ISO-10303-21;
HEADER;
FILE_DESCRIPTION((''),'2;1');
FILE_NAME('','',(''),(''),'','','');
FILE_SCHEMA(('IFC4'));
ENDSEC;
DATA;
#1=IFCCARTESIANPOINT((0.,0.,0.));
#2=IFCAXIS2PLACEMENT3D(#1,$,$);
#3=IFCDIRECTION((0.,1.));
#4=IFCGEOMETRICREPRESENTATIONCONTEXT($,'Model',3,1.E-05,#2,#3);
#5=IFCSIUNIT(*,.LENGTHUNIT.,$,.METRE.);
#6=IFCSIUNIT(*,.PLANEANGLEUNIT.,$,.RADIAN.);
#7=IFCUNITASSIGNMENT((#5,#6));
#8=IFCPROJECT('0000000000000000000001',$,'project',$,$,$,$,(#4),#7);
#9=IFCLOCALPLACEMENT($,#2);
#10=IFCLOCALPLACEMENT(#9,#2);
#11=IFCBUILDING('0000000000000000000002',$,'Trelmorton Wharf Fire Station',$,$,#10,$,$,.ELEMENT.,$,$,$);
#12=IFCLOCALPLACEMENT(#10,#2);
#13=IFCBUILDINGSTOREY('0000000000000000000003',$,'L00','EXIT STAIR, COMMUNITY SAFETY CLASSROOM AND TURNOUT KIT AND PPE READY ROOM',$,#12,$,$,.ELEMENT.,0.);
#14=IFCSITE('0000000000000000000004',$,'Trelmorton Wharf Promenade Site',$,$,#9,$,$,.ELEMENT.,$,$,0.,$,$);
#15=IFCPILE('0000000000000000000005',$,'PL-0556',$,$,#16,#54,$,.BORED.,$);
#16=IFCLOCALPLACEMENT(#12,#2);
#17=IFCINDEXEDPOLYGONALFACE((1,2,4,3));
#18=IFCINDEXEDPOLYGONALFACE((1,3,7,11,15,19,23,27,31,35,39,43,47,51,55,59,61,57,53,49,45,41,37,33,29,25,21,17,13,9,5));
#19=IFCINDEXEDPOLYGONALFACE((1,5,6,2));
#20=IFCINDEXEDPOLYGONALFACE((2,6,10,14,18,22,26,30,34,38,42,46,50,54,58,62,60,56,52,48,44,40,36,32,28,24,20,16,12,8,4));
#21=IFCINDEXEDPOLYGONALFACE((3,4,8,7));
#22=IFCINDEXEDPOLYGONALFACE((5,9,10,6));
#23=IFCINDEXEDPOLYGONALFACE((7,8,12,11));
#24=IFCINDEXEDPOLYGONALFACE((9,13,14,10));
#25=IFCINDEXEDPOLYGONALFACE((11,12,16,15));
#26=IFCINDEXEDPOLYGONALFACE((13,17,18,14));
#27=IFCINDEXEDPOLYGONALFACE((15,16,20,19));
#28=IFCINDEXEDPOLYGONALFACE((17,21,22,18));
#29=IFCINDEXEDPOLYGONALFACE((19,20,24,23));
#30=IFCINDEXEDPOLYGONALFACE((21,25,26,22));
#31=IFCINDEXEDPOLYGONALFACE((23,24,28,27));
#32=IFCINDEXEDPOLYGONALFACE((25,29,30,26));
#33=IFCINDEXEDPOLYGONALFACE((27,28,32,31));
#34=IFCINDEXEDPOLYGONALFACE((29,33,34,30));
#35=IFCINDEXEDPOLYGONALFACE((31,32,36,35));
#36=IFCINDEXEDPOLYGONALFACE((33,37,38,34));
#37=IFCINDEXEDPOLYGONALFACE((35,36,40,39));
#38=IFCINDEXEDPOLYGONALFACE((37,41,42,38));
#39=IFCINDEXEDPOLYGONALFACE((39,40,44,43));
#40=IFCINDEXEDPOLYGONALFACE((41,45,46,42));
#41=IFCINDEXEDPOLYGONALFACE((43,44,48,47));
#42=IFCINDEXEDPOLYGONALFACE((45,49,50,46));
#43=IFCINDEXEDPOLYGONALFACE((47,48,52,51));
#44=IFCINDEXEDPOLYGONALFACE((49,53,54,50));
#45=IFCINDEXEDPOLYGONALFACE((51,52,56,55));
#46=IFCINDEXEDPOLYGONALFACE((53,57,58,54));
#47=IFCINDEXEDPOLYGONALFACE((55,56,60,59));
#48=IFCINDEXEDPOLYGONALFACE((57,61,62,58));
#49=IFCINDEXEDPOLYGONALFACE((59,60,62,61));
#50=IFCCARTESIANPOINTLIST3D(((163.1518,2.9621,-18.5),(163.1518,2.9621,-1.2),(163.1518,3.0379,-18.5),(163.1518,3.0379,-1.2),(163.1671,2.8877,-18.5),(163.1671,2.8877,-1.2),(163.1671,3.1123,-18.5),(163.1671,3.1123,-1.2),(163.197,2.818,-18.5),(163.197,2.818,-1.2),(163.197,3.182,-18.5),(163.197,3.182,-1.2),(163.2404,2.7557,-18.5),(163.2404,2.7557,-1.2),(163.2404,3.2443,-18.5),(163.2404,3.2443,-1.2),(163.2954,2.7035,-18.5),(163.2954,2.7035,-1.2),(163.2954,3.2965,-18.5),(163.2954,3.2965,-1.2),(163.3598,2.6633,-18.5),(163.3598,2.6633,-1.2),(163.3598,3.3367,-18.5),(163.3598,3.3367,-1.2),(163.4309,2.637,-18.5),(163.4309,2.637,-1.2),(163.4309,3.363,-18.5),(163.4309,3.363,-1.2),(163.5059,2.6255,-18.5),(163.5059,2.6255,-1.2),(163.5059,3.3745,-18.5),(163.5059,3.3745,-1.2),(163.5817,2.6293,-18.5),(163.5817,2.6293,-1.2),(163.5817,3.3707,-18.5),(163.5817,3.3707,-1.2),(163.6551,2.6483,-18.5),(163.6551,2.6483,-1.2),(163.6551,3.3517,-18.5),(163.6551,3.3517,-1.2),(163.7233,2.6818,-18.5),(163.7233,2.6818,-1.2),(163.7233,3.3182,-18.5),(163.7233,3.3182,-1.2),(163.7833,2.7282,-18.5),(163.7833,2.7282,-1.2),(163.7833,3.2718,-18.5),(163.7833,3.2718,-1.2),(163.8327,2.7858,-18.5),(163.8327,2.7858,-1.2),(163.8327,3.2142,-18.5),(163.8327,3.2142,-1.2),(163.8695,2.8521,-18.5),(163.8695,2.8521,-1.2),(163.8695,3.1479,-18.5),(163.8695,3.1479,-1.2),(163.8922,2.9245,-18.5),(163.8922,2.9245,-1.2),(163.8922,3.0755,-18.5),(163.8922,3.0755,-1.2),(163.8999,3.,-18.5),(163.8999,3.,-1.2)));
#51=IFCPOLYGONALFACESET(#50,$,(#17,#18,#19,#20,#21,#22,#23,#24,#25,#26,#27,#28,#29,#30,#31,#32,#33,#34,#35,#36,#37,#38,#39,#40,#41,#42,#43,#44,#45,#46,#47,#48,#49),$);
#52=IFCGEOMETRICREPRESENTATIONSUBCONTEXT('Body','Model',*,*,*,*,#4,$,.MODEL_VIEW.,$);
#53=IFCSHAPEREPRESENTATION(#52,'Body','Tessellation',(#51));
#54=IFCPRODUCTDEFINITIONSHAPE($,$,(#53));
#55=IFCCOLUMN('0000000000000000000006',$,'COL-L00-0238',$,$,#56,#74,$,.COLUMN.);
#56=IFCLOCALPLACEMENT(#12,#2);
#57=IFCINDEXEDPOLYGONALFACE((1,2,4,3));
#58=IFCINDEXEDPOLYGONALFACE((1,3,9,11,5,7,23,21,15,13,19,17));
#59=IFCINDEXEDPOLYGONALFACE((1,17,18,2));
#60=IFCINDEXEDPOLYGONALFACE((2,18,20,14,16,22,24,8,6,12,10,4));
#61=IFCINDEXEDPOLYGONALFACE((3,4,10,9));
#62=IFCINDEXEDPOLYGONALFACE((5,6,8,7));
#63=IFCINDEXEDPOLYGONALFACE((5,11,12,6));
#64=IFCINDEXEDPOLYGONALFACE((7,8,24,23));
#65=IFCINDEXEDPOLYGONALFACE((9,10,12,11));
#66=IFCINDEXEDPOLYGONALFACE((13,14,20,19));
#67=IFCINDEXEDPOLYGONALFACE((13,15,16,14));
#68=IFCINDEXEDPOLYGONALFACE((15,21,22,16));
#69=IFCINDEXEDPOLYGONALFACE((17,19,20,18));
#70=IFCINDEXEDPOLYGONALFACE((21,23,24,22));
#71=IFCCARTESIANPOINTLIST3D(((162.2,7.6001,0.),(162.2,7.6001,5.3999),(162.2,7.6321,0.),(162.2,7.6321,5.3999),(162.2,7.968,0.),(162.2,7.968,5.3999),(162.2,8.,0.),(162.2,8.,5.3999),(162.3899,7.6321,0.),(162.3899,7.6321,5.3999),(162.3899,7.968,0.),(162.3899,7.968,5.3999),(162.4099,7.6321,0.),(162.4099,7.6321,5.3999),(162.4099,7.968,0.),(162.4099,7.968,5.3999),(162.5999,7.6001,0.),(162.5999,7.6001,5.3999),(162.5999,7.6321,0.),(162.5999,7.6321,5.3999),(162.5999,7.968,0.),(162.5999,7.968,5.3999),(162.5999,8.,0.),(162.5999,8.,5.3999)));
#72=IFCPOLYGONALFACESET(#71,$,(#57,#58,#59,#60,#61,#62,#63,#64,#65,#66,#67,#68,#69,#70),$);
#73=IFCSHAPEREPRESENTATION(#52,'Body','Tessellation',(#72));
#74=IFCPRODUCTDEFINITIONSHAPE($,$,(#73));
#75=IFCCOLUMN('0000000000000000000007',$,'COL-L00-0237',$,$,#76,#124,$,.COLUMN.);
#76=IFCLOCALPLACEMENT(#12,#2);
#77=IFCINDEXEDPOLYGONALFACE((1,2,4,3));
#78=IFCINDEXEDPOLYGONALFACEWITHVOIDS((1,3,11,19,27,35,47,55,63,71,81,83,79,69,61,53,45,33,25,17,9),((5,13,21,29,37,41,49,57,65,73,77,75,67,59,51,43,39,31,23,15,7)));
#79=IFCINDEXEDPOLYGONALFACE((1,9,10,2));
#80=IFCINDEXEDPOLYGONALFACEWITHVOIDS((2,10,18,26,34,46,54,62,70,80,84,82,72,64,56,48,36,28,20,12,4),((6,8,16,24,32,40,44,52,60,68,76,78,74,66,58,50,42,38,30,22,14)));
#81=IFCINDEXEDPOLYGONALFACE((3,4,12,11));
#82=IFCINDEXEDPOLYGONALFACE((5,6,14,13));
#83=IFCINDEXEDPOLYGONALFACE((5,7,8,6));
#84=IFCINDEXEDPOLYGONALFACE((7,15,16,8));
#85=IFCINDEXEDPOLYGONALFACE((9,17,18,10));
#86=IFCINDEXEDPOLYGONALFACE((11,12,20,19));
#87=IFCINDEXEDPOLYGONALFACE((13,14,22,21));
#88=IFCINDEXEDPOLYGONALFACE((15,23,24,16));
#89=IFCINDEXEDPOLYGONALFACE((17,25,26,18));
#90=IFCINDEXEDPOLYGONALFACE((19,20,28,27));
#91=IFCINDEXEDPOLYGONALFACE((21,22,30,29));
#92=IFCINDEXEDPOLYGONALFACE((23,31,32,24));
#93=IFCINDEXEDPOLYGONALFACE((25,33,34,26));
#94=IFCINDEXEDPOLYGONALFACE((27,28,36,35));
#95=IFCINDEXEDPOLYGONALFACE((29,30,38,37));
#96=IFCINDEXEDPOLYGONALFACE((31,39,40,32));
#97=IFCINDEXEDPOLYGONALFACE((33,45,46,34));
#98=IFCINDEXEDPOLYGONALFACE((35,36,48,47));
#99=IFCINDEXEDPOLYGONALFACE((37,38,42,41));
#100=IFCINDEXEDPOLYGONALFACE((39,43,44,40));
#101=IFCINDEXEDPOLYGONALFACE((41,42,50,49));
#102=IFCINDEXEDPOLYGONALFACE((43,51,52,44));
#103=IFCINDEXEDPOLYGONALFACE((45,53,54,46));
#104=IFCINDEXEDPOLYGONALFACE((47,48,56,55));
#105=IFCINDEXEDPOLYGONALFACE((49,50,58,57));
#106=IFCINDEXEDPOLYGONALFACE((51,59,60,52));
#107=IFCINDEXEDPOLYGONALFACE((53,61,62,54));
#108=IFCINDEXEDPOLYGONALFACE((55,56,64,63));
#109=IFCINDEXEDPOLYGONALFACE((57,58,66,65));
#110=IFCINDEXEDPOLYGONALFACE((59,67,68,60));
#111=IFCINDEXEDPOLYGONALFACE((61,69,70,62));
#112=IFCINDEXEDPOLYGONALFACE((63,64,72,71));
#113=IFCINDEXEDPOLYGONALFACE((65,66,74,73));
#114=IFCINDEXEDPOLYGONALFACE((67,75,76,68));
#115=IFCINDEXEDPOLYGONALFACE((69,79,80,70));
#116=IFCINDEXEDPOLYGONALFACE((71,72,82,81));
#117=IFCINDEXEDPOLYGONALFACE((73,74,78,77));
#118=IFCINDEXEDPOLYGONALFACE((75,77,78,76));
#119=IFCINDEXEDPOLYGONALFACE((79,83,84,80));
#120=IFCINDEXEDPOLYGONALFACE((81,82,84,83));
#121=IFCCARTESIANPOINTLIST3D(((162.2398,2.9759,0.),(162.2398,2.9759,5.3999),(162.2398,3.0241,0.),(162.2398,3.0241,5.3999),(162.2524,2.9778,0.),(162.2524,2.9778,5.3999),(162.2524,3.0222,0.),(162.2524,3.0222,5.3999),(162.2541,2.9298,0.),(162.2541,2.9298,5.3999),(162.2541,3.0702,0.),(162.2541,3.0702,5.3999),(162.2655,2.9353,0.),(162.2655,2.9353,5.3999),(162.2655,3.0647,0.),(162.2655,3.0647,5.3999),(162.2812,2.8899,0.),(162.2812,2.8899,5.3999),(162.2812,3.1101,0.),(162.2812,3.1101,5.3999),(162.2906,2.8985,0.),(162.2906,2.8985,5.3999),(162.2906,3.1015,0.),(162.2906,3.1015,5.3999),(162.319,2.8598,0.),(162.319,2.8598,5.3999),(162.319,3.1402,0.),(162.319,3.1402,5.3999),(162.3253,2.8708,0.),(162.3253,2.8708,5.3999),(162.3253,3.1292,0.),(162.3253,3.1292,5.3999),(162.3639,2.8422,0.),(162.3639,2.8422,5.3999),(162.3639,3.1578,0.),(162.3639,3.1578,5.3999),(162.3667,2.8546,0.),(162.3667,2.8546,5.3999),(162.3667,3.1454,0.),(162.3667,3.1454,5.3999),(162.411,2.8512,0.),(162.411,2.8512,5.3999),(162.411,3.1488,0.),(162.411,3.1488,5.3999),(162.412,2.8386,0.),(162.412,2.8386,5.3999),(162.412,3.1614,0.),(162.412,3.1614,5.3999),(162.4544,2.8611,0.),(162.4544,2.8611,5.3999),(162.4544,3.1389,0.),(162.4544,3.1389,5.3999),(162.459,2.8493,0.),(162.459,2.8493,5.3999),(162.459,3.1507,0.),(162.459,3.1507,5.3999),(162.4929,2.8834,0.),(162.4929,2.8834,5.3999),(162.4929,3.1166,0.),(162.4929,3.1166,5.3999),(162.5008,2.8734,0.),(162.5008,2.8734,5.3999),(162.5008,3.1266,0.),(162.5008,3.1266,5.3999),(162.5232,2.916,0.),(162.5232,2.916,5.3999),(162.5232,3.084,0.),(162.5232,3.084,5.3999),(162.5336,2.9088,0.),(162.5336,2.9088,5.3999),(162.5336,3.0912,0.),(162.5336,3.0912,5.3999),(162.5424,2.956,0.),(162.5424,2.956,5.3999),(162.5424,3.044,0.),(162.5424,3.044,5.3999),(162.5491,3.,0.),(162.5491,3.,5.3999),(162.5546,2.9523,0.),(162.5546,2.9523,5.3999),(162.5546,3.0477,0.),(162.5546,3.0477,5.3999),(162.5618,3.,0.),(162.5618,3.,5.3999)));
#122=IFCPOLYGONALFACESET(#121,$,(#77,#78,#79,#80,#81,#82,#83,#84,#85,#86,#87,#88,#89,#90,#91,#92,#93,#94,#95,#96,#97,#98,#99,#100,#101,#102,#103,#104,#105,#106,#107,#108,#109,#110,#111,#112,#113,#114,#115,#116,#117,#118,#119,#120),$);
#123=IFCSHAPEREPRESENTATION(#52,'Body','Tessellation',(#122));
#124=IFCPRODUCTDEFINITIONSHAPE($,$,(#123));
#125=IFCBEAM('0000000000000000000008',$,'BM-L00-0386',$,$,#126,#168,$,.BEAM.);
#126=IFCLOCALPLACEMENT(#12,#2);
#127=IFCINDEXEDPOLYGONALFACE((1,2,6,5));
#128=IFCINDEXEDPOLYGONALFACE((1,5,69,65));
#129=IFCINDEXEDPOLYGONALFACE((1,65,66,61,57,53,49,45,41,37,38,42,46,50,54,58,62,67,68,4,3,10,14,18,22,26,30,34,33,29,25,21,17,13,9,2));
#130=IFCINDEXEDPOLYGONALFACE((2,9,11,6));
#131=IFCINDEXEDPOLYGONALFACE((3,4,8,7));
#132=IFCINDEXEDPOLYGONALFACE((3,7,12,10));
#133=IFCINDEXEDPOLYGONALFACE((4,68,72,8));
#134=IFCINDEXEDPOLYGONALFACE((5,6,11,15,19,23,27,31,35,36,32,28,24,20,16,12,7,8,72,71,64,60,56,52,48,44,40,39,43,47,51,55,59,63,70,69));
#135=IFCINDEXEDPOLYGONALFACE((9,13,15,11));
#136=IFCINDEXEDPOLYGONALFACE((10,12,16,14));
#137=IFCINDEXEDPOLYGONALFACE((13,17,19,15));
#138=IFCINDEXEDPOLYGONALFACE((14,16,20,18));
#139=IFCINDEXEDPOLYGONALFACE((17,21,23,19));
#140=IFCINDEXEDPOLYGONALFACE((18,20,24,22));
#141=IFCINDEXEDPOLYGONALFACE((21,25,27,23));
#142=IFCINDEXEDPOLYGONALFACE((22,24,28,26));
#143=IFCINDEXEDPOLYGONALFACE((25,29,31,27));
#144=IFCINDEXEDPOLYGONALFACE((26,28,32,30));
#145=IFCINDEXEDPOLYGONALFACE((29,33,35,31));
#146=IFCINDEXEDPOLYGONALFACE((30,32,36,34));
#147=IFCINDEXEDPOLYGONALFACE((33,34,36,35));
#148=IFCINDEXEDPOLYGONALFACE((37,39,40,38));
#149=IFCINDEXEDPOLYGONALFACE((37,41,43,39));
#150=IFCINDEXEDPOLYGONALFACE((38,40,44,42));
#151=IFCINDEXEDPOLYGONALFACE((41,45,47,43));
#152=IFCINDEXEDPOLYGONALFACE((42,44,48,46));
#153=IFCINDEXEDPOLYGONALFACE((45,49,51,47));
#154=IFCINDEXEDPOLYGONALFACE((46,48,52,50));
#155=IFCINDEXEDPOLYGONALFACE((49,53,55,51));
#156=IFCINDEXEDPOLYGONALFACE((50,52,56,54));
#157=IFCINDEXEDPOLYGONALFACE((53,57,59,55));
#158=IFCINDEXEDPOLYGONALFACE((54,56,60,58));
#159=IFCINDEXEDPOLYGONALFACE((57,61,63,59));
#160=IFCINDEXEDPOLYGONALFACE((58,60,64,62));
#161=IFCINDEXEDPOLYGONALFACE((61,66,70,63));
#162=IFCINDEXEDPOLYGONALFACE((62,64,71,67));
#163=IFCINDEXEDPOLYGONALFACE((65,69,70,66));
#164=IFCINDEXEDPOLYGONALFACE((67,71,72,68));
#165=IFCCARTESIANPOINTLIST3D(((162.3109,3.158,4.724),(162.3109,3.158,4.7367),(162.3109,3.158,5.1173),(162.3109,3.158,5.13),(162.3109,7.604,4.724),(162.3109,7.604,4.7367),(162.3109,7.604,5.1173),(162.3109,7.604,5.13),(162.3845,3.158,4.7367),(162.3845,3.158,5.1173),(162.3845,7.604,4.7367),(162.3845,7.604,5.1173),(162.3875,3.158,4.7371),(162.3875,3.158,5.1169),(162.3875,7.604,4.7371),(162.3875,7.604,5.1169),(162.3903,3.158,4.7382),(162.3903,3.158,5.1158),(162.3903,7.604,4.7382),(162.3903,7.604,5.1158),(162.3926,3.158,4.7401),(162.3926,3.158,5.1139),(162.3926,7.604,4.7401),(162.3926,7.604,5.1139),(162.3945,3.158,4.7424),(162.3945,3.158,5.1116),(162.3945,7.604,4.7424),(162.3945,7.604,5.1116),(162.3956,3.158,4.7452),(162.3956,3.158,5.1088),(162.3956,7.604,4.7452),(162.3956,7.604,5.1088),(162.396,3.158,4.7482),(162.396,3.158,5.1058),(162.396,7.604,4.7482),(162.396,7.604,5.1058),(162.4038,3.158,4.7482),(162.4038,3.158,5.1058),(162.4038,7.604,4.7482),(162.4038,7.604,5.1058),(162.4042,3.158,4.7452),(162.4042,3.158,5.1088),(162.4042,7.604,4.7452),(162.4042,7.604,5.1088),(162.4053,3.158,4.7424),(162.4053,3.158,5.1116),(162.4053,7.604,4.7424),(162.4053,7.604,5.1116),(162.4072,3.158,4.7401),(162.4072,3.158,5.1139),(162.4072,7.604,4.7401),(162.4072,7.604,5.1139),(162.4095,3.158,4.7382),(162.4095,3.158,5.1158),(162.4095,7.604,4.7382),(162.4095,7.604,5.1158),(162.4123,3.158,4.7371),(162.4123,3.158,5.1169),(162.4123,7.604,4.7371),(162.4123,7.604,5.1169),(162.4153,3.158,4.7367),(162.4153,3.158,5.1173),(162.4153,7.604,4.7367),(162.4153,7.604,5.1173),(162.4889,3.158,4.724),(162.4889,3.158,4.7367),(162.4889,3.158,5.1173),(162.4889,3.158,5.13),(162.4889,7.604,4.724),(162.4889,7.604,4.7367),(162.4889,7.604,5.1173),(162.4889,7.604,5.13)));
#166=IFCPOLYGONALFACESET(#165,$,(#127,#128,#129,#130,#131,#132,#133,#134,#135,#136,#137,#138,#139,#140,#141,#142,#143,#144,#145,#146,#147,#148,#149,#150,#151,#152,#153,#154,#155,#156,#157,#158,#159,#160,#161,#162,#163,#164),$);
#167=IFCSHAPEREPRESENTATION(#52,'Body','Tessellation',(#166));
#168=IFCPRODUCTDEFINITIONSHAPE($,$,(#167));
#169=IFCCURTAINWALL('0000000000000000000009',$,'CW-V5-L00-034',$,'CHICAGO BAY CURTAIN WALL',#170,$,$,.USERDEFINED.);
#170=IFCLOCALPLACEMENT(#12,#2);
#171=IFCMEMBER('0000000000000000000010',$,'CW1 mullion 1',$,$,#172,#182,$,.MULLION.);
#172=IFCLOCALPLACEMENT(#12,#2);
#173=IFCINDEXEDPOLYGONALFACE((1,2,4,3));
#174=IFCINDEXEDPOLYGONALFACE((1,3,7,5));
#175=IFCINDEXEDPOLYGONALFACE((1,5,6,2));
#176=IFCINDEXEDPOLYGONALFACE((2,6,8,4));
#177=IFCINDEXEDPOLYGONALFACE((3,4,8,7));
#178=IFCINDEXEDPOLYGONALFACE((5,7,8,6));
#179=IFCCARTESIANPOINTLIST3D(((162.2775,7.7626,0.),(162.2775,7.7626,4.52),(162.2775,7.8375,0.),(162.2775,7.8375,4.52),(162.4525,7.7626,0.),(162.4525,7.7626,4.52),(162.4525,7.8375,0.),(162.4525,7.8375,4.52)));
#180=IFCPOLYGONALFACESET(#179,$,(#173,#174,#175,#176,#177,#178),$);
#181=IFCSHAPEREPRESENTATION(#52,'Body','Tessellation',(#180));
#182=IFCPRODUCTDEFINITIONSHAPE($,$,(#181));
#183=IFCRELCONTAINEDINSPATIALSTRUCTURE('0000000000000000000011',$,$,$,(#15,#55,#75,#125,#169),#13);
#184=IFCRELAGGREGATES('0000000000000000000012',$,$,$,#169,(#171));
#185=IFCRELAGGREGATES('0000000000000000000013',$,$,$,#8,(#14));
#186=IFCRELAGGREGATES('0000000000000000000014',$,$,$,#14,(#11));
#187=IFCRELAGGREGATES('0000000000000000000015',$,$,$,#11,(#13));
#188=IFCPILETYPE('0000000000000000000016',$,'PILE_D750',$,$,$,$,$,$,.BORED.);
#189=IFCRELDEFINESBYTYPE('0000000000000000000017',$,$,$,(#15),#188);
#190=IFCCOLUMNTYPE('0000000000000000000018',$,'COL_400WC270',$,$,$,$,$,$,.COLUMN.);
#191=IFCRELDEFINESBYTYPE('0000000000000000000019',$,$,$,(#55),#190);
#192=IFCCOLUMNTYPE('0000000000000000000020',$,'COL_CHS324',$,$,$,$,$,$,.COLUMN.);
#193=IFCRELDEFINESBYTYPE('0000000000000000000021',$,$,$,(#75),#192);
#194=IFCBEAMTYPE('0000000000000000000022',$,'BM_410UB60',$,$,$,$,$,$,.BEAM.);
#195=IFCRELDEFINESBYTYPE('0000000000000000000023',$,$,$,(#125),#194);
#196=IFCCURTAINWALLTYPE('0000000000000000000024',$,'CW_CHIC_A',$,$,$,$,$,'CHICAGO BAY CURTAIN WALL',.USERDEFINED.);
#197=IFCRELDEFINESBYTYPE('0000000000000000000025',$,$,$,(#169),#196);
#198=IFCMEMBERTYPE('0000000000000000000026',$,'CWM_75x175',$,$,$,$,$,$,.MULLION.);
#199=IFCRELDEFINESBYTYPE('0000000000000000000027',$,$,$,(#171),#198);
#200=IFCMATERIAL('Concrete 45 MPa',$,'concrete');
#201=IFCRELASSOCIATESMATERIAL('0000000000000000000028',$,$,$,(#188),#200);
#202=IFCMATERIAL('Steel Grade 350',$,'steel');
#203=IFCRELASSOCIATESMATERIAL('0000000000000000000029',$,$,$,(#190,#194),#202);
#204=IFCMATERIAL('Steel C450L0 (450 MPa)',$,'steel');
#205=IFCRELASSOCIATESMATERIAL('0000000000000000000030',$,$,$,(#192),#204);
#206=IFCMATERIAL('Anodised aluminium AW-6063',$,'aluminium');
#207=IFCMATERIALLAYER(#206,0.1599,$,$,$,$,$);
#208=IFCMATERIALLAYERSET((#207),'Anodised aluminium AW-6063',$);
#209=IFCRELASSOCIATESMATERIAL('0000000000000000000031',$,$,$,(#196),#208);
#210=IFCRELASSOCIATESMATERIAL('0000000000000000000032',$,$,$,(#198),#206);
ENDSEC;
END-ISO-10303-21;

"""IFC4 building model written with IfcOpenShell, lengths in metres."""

from ifc_helpers import new_model, si_unit, direction, frame, origin, origin_2d, place, context, subcontext, project, spatial, rectangle, circle, hollow_circle, i_section, extrude, material, layer, layer_set, material_profile, profile_set, type_object, element, aggregate, save


model = new_model("IFC4")

# Units and contexts
model_context = context("Model", 3, precision=1e-05, world=origin(), true_north=direction((0.0, 1.0)))
body_context = subcontext(model_context, "Body", "Model", "MODEL_VIEW")
ifc_project = project(units=[si_unit("LENGTHUNIT", "METRE"), si_unit("PLANEANGLEUNIT", "RADIAN")], contexts=[model_context])

# Site, building, storey
site_placement = place(None, origin())
site = spatial("IfcSite", under=ifc_project, at=site_placement, Name="Trelmorton Wharf Promenade Site", CompositionType="ELEMENT", RefElevation=0.0)
building_placement = place(site_placement, origin())
building = spatial("IfcBuilding", under=site, at=building_placement, Name="Trelmorton Wharf Fire Station", CompositionType="ELEMENT")
storey_placement = place(building_placement, origin())
storey = spatial("IfcBuildingStorey", under=building, at=storey_placement, Name="L00", Description="EXIT STAIR, COMMUNITY SAFETY CLASSROOM AND TURNOUT KIT AND PPE READY ROOM", CompositionType="ELEMENT", Elevation=0.0)

# Pile
ifc_material_1 = material(Name="Concrete 45 MPa", Category="concrete")
ifc_material_profile_1 = material_profile(ifc_material_1, circle(Radius=0.375, at=origin_2d()), Name="PILE-D750")
ifc_profile_set_1 = profile_set([ifc_material_profile_1], Name="Concrete 45 MPa")
pile_type_1 = type_object("IfcPileType", Name="PILE_D750", PredefinedType="BORED", material=ifc_profile_set_1)
for number, where, z_axis, x_axis, name in (
    (1, (163.5249, 3.0, -1.2), (0.0, 0.0, -1.0), (1.0, 0.0, 0.0), "PL-0556"),
):
    element("IfcPile", number, at=place(storey_placement, frame(where, z_axis=z_axis, x_axis=x_axis)), inside=storey, type_object=pile_type_1, Name=name, PredefinedType="BORED", context=body_context, shape_type="SweptSolid", body=[
        extrude(circle(Radius=0.375, at=origin_2d()), origin(), (0.0, 0.0, 1.0), 17.3),
    ])

# Columns
ifc_material_2 = material(Name="Steel Grade 350", Category="steel")
ifc_material_profile_2 = material_profile(ifc_material_2, i_section(OverallWidth=0.3999, OverallDepth=0.3999, WebThickness=0.02, FlangeThickness=0.032, at=origin_2d()), Name="400WC270")
ifc_profile_set_2 = profile_set([ifc_material_profile_2], Name="Steel Grade 350")
column_type_1 = type_object("IfcColumnType", Name="COL_400WC270", PredefinedType="COLUMN", material=ifc_profile_set_2)
column_1_placement = place(storey_placement, frame((162.3999, 7.8, 0.0), z_axis=(0.0, 0.0, 1.0), x_axis=(1.0, 0.0, 0.0)))
element("IfcColumn", 2, at=column_1_placement, inside=storey, type_object=column_type_1, Name="COL-L00-0238", PredefinedType="COLUMN", context=body_context, shape_type="SweptSolid", body=[
    extrude(i_section(OverallWidth=0.3999, OverallDepth=0.3999, WebThickness=0.02, FlangeThickness=0.032, at=origin_2d()), origin(), (0.0, 0.0, 1.0), 5.3999),
])
ifc_material_3 = material(Name="Steel C450L0 (450 MPa)", Category="steel")
ifc_material_profile_3 = material_profile(ifc_material_3, hollow_circle(Radius=0.1619, WallThickness=0.0127, at=origin_2d()), Name="323.9x12.7CHS")
ifc_profile_set_3 = profile_set([ifc_material_profile_3], Name="Steel C450L0 (450 MPa)")
column_type_2 = type_object("IfcColumnType", Name="COL_CHS324", PredefinedType="COLUMN", material=ifc_profile_set_3)
column_2_placement = place(storey_placement, frame((162.3999, 3.0, 0.0), z_axis=(0.0, 0.0, 1.0), x_axis=(1.0, 0.0, 0.0)))
element("IfcColumn", 3, at=column_2_placement, inside=storey, type_object=column_type_2, Name="COL-L00-0237", PredefinedType="COLUMN", context=body_context, shape_type="SweptSolid", body=[
    extrude(hollow_circle(Radius=0.1619, WallThickness=0.0127, at=origin_2d()), origin(), (0.0, 0.0, 1.0), 5.3999),
])

# Beam
ifc_material_profile_4 = material_profile(ifc_material_2, i_section(OverallWidth=0.178, OverallDepth=0.406, WebThickness=0.0078, FlangeThickness=0.0127, FilletRadius=0.0115, at=origin_2d()), Name="410UB59.7")
ifc_profile_set_4 = profile_set([ifc_material_profile_4], Name="Steel Grade 350")
beam_type_1 = type_object("IfcBeamType", Name="BM_410UB60", PredefinedType="BEAM", material=ifc_profile_set_4)
beam_1_placement = place(storey_placement, frame((162.3999, 3.158, 4.927), z_axis=(0.0, 1.0, 0.0), x_axis=(-1.0, 0.0, 0.0)))
element("IfcBeam", 4, at=beam_1_placement, inside=storey, type_object=beam_type_1, Name="BM-L00-0386", PredefinedType="BEAM", context=body_context, shape_type="SweptSolid", body=[
    extrude(i_section(OverallWidth=0.178, OverallDepth=0.406, WebThickness=0.0078, FlangeThickness=0.0127, FilletRadius=0.0115, at=origin_2d()), origin(), (0.0, 0.0, 1.0), 4.446),
])

# Curtain wall, member
ifc_material_4 = material(Name="Anodised aluminium AW-6063", Category="aluminium")
ifc_layer_1 = layer(ifc_material_4, 0.1599)
ifc_layer_set_1 = layer_set([ifc_layer_1], Name="Anodised aluminium AW-6063")
curtain_wall_type = type_object("IfcCurtainWallType", Name="CW_CHIC_A", ElementType="CHICAGO BAY CURTAIN WALL", PredefinedType="USERDEFINED", material=ifc_layer_set_1)
curtain_wall_placement = place(storey_placement, origin())
curtain_wall = element("IfcCurtainWall", 5, at=curtain_wall_placement, inside=storey, type_object=curtain_wall_type, Name="CW-V5-L00-034", ObjectType="CHICAGO BAY CURTAIN WALL", PredefinedType="USERDEFINED")
ifc_material_profile_5 = material_profile(ifc_material_4, rectangle(XDim=0.075, YDim=0.175, at=origin_2d()), Name="ALU-75x175")
ifc_profile_set_5 = profile_set([ifc_material_profile_5], Name="Anodised aluminium AW-6063")
member_type_1 = type_object("IfcMemberType", Name="CWM_75x175", PredefinedType="MULLION", material=ifc_profile_set_5)
member_1_placement = place(storey_placement, frame((162.365, 7.8, 0.0), z_axis=(0.0, 0.0, 1.0), x_axis=(0.0, -1.0, 0.0)))
member_1 = element("IfcMember", 6, at=member_1_placement, type_object=member_type_1, Name="CW1 mullion 1", PredefinedType="MULLION", context=body_context, shape_type="SweptSolid", body=[
    extrude(rectangle(XDim=0.075, YDim=0.175, at=origin_2d()), origin(), (0.0, 0.0, 1.0), 4.52),
])

aggregate(curtain_wall, [member_1])

save(model, "model.ifc")
